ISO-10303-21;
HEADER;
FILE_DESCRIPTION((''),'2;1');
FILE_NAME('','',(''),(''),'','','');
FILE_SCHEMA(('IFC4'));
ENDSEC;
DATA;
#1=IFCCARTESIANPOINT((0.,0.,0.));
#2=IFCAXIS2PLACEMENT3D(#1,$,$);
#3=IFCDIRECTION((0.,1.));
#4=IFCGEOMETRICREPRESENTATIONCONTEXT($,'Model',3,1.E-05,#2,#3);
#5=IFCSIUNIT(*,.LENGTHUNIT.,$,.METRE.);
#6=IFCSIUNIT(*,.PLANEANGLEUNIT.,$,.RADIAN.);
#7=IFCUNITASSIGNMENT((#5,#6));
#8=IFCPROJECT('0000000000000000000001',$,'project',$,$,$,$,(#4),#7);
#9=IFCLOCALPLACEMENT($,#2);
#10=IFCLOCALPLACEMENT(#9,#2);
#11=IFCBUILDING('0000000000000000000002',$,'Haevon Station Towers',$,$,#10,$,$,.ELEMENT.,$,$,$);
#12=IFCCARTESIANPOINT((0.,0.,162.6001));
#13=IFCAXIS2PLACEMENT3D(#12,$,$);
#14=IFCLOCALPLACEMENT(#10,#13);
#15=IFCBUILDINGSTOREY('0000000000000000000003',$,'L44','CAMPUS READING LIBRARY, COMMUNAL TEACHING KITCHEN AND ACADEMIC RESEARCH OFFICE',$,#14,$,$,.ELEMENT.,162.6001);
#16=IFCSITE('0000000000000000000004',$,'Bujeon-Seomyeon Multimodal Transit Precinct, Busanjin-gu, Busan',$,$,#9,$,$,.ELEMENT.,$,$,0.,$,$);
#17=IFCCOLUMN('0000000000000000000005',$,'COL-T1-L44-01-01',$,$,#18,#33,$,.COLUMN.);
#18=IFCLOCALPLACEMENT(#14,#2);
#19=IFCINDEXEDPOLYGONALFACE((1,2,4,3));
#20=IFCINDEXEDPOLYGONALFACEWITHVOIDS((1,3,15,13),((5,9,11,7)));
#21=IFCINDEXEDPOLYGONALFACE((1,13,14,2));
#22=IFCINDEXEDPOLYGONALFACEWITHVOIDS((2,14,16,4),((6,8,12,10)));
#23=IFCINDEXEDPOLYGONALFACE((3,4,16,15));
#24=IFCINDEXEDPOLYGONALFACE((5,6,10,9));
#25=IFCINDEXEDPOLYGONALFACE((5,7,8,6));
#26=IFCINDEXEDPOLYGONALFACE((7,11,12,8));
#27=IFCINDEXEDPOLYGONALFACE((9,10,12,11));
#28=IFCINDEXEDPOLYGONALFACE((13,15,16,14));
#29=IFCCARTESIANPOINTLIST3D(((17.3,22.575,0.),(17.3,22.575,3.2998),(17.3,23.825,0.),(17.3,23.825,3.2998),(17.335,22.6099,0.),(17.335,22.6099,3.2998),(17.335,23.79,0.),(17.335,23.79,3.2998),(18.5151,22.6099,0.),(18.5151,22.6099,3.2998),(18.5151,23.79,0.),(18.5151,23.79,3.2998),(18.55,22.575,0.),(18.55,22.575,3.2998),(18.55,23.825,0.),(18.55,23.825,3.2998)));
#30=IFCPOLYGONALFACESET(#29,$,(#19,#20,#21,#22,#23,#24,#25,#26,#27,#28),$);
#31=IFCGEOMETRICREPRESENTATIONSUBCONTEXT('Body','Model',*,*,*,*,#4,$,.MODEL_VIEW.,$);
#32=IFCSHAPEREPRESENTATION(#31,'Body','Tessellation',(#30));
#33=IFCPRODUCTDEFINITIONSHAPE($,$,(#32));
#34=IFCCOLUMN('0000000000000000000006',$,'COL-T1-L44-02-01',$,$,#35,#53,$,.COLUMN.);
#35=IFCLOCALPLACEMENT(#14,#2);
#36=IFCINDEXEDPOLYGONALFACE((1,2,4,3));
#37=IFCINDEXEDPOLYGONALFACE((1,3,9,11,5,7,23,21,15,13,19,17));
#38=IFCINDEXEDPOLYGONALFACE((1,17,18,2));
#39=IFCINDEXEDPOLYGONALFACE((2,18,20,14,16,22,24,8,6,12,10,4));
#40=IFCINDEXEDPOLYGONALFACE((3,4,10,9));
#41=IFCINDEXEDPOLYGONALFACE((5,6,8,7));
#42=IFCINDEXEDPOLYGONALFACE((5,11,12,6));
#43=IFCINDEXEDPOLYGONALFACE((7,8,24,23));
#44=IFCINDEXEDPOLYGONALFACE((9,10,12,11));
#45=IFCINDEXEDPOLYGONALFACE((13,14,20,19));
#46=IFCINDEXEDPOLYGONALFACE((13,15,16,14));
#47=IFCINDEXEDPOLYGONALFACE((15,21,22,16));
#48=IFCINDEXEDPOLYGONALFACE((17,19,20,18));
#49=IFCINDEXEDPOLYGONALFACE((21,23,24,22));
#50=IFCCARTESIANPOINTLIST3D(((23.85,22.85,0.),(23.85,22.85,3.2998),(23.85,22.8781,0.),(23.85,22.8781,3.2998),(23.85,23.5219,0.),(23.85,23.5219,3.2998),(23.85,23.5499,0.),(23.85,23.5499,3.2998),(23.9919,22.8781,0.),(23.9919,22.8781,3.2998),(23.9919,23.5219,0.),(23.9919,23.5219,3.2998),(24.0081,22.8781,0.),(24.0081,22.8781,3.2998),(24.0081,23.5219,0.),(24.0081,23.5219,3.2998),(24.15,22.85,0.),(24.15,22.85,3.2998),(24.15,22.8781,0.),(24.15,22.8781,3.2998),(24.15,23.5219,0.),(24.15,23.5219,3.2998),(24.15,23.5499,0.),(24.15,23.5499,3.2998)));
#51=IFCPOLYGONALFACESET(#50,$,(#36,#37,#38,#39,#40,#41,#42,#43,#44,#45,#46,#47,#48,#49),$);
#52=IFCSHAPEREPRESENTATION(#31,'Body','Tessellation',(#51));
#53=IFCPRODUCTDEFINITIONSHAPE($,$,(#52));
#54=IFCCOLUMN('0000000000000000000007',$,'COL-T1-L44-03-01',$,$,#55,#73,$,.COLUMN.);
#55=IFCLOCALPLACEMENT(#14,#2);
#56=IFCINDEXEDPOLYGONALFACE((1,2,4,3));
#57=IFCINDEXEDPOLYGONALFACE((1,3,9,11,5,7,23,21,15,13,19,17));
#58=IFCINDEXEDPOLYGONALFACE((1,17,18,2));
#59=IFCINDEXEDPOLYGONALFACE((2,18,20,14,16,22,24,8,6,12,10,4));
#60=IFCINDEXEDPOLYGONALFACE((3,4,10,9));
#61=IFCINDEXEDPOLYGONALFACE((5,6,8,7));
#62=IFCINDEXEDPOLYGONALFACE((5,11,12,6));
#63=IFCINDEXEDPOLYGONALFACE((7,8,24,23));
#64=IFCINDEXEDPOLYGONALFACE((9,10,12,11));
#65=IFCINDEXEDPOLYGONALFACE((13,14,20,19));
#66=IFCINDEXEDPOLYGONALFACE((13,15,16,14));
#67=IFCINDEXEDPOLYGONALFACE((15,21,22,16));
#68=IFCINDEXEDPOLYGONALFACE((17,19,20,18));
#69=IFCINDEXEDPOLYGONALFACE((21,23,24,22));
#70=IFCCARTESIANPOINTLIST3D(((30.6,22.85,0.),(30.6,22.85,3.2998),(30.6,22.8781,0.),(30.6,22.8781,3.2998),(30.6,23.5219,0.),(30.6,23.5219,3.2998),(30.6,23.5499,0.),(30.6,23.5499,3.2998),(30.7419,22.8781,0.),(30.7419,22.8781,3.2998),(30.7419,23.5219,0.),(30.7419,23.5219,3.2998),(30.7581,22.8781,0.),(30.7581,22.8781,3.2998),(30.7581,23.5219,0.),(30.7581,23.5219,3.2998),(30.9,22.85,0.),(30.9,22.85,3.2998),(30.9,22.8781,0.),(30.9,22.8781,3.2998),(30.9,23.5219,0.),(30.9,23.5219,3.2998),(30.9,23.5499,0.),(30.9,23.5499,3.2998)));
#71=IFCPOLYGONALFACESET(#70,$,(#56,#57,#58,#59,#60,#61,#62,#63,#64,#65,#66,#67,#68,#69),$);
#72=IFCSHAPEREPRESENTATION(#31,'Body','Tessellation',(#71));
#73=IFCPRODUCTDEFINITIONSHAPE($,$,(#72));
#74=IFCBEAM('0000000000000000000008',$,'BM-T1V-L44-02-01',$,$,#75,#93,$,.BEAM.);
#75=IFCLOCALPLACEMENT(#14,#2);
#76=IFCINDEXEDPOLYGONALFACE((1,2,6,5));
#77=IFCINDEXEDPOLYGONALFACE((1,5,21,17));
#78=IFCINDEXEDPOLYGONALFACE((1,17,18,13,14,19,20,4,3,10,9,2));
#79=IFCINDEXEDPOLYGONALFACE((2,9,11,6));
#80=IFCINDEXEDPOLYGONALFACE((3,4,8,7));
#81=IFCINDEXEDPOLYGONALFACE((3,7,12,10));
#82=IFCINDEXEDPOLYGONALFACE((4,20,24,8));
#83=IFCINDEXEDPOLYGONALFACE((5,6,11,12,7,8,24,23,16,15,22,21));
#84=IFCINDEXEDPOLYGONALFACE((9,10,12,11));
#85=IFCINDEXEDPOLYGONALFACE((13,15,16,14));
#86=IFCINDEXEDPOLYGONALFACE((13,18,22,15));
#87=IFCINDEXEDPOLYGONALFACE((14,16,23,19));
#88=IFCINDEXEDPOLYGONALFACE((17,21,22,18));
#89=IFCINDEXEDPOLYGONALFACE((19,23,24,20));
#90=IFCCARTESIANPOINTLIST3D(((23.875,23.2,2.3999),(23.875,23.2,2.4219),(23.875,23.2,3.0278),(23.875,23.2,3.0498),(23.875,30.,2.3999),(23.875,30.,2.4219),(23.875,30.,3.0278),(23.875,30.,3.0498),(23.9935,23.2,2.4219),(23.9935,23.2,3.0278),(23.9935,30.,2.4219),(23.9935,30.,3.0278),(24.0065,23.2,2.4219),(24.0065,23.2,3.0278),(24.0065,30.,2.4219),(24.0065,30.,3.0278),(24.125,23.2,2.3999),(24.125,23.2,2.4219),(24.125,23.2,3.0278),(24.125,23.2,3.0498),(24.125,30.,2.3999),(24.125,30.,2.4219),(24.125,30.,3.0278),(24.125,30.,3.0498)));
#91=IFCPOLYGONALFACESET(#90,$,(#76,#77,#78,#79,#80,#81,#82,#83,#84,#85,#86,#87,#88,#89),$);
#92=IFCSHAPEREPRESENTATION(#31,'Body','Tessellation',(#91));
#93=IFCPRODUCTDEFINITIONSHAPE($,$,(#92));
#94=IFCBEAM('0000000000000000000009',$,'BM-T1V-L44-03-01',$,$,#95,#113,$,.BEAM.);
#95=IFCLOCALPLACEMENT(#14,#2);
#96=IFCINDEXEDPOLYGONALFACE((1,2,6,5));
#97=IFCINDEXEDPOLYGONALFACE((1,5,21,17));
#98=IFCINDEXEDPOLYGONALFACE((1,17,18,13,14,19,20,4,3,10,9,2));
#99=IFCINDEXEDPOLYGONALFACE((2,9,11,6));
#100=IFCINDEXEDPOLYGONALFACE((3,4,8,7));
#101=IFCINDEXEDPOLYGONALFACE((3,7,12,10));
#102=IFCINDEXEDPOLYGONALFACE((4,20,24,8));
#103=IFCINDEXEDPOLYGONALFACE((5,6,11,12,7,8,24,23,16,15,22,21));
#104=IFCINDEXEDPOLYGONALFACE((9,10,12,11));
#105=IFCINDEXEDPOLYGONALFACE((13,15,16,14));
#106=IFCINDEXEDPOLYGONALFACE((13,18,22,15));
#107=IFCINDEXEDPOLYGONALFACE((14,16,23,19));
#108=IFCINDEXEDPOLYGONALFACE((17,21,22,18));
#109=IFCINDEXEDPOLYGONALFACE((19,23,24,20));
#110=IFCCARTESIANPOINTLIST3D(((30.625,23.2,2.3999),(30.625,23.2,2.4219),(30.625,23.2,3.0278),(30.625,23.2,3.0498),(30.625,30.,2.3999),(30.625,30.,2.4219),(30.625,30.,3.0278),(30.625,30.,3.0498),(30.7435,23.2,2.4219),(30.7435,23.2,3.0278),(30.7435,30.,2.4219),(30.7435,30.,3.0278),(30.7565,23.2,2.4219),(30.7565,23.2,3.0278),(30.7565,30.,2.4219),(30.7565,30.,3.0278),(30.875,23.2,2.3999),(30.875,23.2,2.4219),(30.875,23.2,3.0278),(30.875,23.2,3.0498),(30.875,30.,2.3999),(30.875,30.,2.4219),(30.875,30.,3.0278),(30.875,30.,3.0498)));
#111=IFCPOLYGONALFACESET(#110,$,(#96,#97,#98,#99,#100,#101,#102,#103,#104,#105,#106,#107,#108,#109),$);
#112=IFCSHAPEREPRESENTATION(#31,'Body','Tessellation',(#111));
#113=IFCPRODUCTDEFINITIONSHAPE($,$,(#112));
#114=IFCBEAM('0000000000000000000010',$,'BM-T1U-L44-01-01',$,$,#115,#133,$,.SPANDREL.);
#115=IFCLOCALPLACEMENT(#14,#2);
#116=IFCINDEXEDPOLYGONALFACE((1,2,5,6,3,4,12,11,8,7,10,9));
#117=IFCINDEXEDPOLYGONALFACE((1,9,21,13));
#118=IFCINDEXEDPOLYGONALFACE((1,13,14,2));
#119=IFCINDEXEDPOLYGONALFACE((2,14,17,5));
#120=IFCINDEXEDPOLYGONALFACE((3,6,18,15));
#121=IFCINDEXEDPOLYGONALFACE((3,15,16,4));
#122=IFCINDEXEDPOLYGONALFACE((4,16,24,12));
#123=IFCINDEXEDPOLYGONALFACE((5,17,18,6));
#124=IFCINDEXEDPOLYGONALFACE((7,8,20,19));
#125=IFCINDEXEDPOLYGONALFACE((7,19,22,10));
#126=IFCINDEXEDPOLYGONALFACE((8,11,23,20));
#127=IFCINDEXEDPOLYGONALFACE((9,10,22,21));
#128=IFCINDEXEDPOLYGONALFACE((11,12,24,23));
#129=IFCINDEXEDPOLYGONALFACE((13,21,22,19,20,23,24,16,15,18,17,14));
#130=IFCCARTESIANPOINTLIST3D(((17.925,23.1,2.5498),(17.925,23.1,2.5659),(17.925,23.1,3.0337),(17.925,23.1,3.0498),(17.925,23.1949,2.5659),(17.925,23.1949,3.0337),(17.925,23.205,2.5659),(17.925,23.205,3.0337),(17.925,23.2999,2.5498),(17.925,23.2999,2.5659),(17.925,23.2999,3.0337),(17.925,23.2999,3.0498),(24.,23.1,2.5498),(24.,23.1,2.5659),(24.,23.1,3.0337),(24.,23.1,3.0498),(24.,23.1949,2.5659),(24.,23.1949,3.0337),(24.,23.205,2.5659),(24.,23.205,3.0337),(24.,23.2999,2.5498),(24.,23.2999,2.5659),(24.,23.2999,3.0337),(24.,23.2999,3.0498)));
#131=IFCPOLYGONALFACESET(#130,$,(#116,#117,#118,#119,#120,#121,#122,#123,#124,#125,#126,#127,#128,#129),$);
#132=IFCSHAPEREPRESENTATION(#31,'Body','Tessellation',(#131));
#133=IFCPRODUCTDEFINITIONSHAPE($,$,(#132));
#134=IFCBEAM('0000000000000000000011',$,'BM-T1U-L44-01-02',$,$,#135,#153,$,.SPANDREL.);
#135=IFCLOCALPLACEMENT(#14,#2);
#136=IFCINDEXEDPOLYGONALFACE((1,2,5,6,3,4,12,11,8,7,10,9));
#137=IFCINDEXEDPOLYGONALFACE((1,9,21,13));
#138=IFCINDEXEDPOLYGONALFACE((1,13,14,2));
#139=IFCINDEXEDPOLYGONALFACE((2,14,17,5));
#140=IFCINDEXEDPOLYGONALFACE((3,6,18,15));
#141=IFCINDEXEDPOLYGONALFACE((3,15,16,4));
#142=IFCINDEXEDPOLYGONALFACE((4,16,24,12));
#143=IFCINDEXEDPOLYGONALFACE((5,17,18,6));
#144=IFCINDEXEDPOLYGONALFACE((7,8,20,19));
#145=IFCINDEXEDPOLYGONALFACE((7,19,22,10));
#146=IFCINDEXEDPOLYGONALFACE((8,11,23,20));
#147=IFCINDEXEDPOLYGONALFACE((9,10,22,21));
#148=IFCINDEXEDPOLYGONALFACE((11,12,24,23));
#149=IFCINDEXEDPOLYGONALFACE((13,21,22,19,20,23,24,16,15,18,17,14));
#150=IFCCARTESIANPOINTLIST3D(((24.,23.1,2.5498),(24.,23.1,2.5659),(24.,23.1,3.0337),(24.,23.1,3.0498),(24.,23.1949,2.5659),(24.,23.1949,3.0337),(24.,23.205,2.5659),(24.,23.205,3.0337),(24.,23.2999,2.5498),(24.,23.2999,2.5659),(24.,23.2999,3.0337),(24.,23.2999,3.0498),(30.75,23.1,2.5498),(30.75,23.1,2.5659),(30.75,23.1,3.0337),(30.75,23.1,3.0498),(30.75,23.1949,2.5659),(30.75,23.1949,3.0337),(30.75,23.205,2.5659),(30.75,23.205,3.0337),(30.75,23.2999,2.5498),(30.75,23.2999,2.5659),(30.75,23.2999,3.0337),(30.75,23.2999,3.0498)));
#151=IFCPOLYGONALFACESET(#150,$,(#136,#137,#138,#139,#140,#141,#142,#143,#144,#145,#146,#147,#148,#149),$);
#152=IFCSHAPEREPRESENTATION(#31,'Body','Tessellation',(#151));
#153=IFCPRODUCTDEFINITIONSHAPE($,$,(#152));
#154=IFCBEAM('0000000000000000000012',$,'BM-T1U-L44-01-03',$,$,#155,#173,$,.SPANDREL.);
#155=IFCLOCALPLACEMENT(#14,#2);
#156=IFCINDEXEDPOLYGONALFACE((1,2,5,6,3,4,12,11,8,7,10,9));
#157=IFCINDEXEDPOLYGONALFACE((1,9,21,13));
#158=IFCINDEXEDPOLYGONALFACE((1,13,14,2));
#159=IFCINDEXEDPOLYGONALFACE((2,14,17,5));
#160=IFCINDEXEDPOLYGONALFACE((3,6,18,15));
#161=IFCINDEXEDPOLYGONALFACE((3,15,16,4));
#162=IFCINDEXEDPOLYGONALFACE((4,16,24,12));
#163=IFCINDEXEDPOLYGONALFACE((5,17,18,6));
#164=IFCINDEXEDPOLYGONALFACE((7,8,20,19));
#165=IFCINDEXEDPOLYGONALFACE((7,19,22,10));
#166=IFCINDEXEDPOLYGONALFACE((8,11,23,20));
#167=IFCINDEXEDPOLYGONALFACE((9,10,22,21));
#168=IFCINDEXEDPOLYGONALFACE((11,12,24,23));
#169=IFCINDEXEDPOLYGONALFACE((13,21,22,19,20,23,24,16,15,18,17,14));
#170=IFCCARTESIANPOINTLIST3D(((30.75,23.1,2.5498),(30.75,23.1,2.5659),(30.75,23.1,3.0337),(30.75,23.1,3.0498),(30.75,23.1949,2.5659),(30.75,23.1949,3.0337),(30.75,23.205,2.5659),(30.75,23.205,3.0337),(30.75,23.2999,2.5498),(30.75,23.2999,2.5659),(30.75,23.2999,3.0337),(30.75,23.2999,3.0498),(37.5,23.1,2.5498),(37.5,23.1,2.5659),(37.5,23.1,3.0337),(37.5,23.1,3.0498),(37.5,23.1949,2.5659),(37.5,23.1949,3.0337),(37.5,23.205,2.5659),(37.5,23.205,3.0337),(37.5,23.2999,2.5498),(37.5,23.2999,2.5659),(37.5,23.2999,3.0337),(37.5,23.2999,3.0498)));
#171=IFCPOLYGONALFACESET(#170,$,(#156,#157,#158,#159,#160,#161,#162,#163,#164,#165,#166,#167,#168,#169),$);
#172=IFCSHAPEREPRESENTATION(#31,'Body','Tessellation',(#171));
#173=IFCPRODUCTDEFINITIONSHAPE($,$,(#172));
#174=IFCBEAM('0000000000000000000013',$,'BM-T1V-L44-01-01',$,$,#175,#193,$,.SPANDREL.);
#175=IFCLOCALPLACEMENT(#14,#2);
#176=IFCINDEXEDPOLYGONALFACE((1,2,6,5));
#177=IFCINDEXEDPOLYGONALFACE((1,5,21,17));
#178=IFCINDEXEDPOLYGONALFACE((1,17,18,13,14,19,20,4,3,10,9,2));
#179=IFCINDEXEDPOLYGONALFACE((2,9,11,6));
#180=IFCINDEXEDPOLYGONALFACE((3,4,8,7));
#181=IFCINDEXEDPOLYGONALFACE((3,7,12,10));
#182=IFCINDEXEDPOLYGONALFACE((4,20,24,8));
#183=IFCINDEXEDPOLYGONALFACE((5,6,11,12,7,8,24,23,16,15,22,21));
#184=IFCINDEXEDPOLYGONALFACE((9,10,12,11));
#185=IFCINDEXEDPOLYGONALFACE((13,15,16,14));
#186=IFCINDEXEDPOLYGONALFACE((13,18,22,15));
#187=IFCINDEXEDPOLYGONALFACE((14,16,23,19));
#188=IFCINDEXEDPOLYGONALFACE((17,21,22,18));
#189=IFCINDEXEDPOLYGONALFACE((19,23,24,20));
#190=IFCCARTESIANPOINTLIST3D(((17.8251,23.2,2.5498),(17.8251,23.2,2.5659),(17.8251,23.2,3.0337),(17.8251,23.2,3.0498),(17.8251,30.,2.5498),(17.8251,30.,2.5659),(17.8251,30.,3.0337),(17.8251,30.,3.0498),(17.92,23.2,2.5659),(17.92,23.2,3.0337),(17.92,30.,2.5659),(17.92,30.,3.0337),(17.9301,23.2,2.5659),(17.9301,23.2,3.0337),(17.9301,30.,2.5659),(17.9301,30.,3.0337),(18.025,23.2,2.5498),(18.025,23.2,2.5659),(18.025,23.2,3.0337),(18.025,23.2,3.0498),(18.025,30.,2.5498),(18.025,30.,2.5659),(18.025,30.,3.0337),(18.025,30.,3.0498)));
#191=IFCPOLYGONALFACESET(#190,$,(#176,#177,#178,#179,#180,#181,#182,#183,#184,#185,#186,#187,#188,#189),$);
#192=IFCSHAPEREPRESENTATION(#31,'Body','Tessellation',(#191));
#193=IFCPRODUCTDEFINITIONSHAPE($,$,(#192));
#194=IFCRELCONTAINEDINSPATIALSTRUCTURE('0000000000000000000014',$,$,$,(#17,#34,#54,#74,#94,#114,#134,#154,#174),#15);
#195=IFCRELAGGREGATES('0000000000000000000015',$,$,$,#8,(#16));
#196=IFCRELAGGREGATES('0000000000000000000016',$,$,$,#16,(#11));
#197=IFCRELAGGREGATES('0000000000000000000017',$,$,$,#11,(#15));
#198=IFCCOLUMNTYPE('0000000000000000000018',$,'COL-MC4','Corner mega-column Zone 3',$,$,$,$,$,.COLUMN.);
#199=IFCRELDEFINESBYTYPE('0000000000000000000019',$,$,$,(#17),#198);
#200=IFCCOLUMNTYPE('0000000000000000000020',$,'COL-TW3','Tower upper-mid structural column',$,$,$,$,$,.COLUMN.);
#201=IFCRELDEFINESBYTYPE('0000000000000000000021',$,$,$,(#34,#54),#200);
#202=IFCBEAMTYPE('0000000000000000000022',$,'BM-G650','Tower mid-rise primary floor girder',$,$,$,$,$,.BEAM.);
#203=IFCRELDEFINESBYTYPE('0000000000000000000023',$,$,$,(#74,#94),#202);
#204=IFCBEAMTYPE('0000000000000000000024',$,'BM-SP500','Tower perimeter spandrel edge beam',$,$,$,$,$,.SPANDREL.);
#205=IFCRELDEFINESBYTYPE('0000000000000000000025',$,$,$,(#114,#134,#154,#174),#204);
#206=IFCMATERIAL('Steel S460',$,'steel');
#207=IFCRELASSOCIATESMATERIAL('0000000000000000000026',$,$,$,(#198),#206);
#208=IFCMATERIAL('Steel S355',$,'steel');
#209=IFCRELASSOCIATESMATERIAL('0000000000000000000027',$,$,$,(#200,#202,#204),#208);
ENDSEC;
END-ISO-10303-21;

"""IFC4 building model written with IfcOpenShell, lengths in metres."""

from ifc_helpers import new_model, si_unit, direction, frame, origin, origin_2d, place, context, subcontext, project, spatial, hollow_rectangle, i_section, extrude, material, material_profile, profile_set, type_object, element, save


model = new_model("IFC4")

# Units and contexts
model_context = context("Model", 3, precision=1e-05, world=origin(), true_north=direction((0.0, 1.0)))
body_context = subcontext(model_context, "Body", "Model", "MODEL_VIEW")
ifc_project = project(units=[si_unit("LENGTHUNIT", "METRE"), si_unit("PLANEANGLEUNIT", "RADIAN")], contexts=[model_context])

# Site, building, storey
site_placement = place(None, origin())
site = spatial("IfcSite", under=ifc_project, at=site_placement, Name="Bujeon-Seomyeon Multimodal Transit Precinct, Busanjin-gu, Busan", CompositionType="ELEMENT", RefElevation=0.0)
building_placement = place(site_placement, origin())
building = spatial("IfcBuilding", under=site, at=building_placement, Name="Haevon Station Towers", CompositionType="ELEMENT")
storey_placement = place(building_placement, frame((0.0, 0.0, 162.6001)))
storey = spatial("IfcBuildingStorey", under=building, at=storey_placement, Name="L44", Description="CAMPUS READING LIBRARY, COMMUNAL TEACHING KITCHEN AND ACADEMIC RESEARCH OFFICE", CompositionType="ELEMENT", Elevation=162.6001)

# Columns
ifc_material_1 = material(Name="Steel S460", Category="steel")
ifc_material_profile_1 = material_profile(ifc_material_1, hollow_rectangle(XDim=1.25, YDim=1.25, WallThickness=0.0349, at=origin_2d()), Name="BOX-1250x1250x35")
ifc_profile_set_1 = profile_set([ifc_material_profile_1], Name="Steel S460")
column_type_1 = type_object("IfcColumnType", Name="COL-MC4", Description="Corner mega-column Zone 3", PredefinedType="COLUMN", material=ifc_profile_set_1)
column_placement = place(storey_placement, frame((17.925, 23.2, 0.0), z_axis=(0.0, 0.0, 1.0), x_axis=(1.0, 0.0, 0.0)))
element("IfcColumn", 1, at=column_placement, inside=storey, type_object=column_type_1, Name="COL-T1-L44-01-01", PredefinedType="COLUMN", context=body_context, shape_type="SweptSolid", body=[
    extrude(hollow_rectangle(XDim=1.25, YDim=1.25, WallThickness=0.0349, at=origin_2d()), origin(), (0.0, 0.0, 1.0), 3.2998),
])
ifc_material_2 = material(Name="Steel S355", Category="steel")
ifc_material_profile_2 = material_profile(ifc_material_2, i_section(OverallWidth=0.3, OverallDepth=0.7, WebThickness=0.0161, FlangeThickness=0.0281, at=origin_2d()), Name="H-700x300x16x28")
ifc_profile_set_2 = profile_set([ifc_material_profile_2], Name="Steel S355")
column_type_2 = type_object("IfcColumnType", Name="COL-TW3", Description="Tower upper-mid structural column", PredefinedType="COLUMN", material=ifc_profile_set_2)
for number, where, z_axis, x_axis, name in (
    (2, (24.0, 23.2, 0.0), (0.0, 0.0, 1.0), (1.0, 0.0, 0.0), "COL-T1-L44-02-01"),
    (3, (30.75, 23.2, 0.0), (0.0, 0.0, 1.0), (1.0, 0.0, 0.0), "COL-T1-L44-03-01"),
):
    element("IfcColumn", number, at=place(storey_placement, frame(where, z_axis=z_axis, x_axis=x_axis)), inside=storey, type_object=column_type_2, Name=name, PredefinedType="COLUMN", context=body_context, shape_type="SweptSolid", body=[
        extrude(i_section(OverallWidth=0.3, OverallDepth=0.7, WebThickness=0.0161, FlangeThickness=0.0281, at=origin_2d()), origin(), (0.0, 0.0, 1.0), 3.2998),
    ])

# Beams
ifc_material_profile_3 = material_profile(ifc_material_2, i_section(OverallWidth=0.25, OverallDepth=0.6499, WebThickness=0.0129, FlangeThickness=0.022, at=origin_2d()), Name="H-650x250x13x22")
ifc_profile_set_3 = profile_set([ifc_material_profile_3], Name="Steel S355")
beam_type_1 = type_object("IfcBeamType", Name="BM-G650", Description="Tower mid-rise primary floor girder", PredefinedType="BEAM", material=ifc_profile_set_3)
for number, where, z_axis, x_axis, name in (
    (4, (24.0, 23.2, 2.7249), (0.0, 1.0, 0.0), (-1.0, 0.0, 0.0), "BM-T1V-L44-02-01"),
    (5, (30.75, 23.2, 2.7249), (0.0, 1.0, 0.0), (-1.0, 0.0, 0.0), "BM-T1V-L44-03-01"),
):
    element("IfcBeam", number, at=place(storey_placement, frame(where, z_axis=z_axis, x_axis=x_axis)), inside=storey, type_object=beam_type_1, Name=name, PredefinedType="BEAM", context=body_context, shape_type="SweptSolid", body=[
        extrude(i_section(OverallWidth=0.25, OverallDepth=0.6499, WebThickness=0.0129, FlangeThickness=0.022, at=origin_2d()), origin(), (0.0, 0.0, 1.0), 6.8),
    ])
ifc_material_profile_4 = material_profile(ifc_material_2, i_section(OverallWidth=0.2, OverallDepth=0.5, WebThickness=0.01, FlangeThickness=0.0161, at=origin_2d()), Name="H-500x200x10x16")
ifc_profile_set_4 = profile_set([ifc_material_profile_4], Name="Steel S355")
beam_type_2 = type_object("IfcBeamType", Name="BM-SP500", Description="Tower perimeter spandrel edge beam", PredefinedType="SPANDREL", material=ifc_profile_set_4)
beam_1_placement = place(storey_placement, frame((17.925, 23.2, 2.7998), z_axis=(1.0, 0.0, 0.0), x_axis=(0.0, 1.0, 0.0)))
element("IfcBeam", 6, at=beam_1_placement, inside=storey, type_object=beam_type_2, Name="BM-T1U-L44-01-01", PredefinedType="SPANDREL", context=body_context, shape_type="SweptSolid", body=[
    extrude(i_section(OverallWidth=0.2, OverallDepth=0.5, WebThickness=0.01, FlangeThickness=0.0161, at=origin_2d()), origin(), (0.0, 0.0, 1.0), 6.075),
])
for number, where, z_axis, x_axis, name in (
    (7, (24.0, 23.2, 2.7998), (1.0, 0.0, 0.0), (0.0, 1.0, 0.0), "BM-T1U-L44-01-02"),
    (8, (30.75, 23.2, 2.7998), (1.0, 0.0, 0.0), (0.0, 1.0, 0.0), "BM-T1U-L44-01-03"),
):
    element("IfcBeam", number, at=place(storey_placement, frame(where, z_axis=z_axis, x_axis=x_axis)), inside=storey, type_object=beam_type_2, Name=name, PredefinedType="SPANDREL", context=body_context, shape_type="SweptSolid", body=[
        extrude(i_section(OverallWidth=0.2, OverallDepth=0.5, WebThickness=0.01, FlangeThickness=0.0161, at=origin_2d()), origin(), (0.0, 0.0, 1.0), 6.75),
    ])
beam_2_placement = place(storey_placement, frame((17.925, 23.2, 2.7998), z_axis=(0.0, 1.0, 0.0), x_axis=(-1.0, 0.0, 0.0)))
element("IfcBeam", 9, at=beam_2_placement, inside=storey, type_object=beam_type_2, Name="BM-T1V-L44-01-01", PredefinedType="SPANDREL", context=body_context, shape_type="SweptSolid", body=[
    extrude(i_section(OverallWidth=0.2, OverallDepth=0.5, WebThickness=0.01, FlangeThickness=0.0161, at=origin_2d()), origin(), (0.0, 0.0, 1.0), 6.8),
])

save(model, "model.ifc")
